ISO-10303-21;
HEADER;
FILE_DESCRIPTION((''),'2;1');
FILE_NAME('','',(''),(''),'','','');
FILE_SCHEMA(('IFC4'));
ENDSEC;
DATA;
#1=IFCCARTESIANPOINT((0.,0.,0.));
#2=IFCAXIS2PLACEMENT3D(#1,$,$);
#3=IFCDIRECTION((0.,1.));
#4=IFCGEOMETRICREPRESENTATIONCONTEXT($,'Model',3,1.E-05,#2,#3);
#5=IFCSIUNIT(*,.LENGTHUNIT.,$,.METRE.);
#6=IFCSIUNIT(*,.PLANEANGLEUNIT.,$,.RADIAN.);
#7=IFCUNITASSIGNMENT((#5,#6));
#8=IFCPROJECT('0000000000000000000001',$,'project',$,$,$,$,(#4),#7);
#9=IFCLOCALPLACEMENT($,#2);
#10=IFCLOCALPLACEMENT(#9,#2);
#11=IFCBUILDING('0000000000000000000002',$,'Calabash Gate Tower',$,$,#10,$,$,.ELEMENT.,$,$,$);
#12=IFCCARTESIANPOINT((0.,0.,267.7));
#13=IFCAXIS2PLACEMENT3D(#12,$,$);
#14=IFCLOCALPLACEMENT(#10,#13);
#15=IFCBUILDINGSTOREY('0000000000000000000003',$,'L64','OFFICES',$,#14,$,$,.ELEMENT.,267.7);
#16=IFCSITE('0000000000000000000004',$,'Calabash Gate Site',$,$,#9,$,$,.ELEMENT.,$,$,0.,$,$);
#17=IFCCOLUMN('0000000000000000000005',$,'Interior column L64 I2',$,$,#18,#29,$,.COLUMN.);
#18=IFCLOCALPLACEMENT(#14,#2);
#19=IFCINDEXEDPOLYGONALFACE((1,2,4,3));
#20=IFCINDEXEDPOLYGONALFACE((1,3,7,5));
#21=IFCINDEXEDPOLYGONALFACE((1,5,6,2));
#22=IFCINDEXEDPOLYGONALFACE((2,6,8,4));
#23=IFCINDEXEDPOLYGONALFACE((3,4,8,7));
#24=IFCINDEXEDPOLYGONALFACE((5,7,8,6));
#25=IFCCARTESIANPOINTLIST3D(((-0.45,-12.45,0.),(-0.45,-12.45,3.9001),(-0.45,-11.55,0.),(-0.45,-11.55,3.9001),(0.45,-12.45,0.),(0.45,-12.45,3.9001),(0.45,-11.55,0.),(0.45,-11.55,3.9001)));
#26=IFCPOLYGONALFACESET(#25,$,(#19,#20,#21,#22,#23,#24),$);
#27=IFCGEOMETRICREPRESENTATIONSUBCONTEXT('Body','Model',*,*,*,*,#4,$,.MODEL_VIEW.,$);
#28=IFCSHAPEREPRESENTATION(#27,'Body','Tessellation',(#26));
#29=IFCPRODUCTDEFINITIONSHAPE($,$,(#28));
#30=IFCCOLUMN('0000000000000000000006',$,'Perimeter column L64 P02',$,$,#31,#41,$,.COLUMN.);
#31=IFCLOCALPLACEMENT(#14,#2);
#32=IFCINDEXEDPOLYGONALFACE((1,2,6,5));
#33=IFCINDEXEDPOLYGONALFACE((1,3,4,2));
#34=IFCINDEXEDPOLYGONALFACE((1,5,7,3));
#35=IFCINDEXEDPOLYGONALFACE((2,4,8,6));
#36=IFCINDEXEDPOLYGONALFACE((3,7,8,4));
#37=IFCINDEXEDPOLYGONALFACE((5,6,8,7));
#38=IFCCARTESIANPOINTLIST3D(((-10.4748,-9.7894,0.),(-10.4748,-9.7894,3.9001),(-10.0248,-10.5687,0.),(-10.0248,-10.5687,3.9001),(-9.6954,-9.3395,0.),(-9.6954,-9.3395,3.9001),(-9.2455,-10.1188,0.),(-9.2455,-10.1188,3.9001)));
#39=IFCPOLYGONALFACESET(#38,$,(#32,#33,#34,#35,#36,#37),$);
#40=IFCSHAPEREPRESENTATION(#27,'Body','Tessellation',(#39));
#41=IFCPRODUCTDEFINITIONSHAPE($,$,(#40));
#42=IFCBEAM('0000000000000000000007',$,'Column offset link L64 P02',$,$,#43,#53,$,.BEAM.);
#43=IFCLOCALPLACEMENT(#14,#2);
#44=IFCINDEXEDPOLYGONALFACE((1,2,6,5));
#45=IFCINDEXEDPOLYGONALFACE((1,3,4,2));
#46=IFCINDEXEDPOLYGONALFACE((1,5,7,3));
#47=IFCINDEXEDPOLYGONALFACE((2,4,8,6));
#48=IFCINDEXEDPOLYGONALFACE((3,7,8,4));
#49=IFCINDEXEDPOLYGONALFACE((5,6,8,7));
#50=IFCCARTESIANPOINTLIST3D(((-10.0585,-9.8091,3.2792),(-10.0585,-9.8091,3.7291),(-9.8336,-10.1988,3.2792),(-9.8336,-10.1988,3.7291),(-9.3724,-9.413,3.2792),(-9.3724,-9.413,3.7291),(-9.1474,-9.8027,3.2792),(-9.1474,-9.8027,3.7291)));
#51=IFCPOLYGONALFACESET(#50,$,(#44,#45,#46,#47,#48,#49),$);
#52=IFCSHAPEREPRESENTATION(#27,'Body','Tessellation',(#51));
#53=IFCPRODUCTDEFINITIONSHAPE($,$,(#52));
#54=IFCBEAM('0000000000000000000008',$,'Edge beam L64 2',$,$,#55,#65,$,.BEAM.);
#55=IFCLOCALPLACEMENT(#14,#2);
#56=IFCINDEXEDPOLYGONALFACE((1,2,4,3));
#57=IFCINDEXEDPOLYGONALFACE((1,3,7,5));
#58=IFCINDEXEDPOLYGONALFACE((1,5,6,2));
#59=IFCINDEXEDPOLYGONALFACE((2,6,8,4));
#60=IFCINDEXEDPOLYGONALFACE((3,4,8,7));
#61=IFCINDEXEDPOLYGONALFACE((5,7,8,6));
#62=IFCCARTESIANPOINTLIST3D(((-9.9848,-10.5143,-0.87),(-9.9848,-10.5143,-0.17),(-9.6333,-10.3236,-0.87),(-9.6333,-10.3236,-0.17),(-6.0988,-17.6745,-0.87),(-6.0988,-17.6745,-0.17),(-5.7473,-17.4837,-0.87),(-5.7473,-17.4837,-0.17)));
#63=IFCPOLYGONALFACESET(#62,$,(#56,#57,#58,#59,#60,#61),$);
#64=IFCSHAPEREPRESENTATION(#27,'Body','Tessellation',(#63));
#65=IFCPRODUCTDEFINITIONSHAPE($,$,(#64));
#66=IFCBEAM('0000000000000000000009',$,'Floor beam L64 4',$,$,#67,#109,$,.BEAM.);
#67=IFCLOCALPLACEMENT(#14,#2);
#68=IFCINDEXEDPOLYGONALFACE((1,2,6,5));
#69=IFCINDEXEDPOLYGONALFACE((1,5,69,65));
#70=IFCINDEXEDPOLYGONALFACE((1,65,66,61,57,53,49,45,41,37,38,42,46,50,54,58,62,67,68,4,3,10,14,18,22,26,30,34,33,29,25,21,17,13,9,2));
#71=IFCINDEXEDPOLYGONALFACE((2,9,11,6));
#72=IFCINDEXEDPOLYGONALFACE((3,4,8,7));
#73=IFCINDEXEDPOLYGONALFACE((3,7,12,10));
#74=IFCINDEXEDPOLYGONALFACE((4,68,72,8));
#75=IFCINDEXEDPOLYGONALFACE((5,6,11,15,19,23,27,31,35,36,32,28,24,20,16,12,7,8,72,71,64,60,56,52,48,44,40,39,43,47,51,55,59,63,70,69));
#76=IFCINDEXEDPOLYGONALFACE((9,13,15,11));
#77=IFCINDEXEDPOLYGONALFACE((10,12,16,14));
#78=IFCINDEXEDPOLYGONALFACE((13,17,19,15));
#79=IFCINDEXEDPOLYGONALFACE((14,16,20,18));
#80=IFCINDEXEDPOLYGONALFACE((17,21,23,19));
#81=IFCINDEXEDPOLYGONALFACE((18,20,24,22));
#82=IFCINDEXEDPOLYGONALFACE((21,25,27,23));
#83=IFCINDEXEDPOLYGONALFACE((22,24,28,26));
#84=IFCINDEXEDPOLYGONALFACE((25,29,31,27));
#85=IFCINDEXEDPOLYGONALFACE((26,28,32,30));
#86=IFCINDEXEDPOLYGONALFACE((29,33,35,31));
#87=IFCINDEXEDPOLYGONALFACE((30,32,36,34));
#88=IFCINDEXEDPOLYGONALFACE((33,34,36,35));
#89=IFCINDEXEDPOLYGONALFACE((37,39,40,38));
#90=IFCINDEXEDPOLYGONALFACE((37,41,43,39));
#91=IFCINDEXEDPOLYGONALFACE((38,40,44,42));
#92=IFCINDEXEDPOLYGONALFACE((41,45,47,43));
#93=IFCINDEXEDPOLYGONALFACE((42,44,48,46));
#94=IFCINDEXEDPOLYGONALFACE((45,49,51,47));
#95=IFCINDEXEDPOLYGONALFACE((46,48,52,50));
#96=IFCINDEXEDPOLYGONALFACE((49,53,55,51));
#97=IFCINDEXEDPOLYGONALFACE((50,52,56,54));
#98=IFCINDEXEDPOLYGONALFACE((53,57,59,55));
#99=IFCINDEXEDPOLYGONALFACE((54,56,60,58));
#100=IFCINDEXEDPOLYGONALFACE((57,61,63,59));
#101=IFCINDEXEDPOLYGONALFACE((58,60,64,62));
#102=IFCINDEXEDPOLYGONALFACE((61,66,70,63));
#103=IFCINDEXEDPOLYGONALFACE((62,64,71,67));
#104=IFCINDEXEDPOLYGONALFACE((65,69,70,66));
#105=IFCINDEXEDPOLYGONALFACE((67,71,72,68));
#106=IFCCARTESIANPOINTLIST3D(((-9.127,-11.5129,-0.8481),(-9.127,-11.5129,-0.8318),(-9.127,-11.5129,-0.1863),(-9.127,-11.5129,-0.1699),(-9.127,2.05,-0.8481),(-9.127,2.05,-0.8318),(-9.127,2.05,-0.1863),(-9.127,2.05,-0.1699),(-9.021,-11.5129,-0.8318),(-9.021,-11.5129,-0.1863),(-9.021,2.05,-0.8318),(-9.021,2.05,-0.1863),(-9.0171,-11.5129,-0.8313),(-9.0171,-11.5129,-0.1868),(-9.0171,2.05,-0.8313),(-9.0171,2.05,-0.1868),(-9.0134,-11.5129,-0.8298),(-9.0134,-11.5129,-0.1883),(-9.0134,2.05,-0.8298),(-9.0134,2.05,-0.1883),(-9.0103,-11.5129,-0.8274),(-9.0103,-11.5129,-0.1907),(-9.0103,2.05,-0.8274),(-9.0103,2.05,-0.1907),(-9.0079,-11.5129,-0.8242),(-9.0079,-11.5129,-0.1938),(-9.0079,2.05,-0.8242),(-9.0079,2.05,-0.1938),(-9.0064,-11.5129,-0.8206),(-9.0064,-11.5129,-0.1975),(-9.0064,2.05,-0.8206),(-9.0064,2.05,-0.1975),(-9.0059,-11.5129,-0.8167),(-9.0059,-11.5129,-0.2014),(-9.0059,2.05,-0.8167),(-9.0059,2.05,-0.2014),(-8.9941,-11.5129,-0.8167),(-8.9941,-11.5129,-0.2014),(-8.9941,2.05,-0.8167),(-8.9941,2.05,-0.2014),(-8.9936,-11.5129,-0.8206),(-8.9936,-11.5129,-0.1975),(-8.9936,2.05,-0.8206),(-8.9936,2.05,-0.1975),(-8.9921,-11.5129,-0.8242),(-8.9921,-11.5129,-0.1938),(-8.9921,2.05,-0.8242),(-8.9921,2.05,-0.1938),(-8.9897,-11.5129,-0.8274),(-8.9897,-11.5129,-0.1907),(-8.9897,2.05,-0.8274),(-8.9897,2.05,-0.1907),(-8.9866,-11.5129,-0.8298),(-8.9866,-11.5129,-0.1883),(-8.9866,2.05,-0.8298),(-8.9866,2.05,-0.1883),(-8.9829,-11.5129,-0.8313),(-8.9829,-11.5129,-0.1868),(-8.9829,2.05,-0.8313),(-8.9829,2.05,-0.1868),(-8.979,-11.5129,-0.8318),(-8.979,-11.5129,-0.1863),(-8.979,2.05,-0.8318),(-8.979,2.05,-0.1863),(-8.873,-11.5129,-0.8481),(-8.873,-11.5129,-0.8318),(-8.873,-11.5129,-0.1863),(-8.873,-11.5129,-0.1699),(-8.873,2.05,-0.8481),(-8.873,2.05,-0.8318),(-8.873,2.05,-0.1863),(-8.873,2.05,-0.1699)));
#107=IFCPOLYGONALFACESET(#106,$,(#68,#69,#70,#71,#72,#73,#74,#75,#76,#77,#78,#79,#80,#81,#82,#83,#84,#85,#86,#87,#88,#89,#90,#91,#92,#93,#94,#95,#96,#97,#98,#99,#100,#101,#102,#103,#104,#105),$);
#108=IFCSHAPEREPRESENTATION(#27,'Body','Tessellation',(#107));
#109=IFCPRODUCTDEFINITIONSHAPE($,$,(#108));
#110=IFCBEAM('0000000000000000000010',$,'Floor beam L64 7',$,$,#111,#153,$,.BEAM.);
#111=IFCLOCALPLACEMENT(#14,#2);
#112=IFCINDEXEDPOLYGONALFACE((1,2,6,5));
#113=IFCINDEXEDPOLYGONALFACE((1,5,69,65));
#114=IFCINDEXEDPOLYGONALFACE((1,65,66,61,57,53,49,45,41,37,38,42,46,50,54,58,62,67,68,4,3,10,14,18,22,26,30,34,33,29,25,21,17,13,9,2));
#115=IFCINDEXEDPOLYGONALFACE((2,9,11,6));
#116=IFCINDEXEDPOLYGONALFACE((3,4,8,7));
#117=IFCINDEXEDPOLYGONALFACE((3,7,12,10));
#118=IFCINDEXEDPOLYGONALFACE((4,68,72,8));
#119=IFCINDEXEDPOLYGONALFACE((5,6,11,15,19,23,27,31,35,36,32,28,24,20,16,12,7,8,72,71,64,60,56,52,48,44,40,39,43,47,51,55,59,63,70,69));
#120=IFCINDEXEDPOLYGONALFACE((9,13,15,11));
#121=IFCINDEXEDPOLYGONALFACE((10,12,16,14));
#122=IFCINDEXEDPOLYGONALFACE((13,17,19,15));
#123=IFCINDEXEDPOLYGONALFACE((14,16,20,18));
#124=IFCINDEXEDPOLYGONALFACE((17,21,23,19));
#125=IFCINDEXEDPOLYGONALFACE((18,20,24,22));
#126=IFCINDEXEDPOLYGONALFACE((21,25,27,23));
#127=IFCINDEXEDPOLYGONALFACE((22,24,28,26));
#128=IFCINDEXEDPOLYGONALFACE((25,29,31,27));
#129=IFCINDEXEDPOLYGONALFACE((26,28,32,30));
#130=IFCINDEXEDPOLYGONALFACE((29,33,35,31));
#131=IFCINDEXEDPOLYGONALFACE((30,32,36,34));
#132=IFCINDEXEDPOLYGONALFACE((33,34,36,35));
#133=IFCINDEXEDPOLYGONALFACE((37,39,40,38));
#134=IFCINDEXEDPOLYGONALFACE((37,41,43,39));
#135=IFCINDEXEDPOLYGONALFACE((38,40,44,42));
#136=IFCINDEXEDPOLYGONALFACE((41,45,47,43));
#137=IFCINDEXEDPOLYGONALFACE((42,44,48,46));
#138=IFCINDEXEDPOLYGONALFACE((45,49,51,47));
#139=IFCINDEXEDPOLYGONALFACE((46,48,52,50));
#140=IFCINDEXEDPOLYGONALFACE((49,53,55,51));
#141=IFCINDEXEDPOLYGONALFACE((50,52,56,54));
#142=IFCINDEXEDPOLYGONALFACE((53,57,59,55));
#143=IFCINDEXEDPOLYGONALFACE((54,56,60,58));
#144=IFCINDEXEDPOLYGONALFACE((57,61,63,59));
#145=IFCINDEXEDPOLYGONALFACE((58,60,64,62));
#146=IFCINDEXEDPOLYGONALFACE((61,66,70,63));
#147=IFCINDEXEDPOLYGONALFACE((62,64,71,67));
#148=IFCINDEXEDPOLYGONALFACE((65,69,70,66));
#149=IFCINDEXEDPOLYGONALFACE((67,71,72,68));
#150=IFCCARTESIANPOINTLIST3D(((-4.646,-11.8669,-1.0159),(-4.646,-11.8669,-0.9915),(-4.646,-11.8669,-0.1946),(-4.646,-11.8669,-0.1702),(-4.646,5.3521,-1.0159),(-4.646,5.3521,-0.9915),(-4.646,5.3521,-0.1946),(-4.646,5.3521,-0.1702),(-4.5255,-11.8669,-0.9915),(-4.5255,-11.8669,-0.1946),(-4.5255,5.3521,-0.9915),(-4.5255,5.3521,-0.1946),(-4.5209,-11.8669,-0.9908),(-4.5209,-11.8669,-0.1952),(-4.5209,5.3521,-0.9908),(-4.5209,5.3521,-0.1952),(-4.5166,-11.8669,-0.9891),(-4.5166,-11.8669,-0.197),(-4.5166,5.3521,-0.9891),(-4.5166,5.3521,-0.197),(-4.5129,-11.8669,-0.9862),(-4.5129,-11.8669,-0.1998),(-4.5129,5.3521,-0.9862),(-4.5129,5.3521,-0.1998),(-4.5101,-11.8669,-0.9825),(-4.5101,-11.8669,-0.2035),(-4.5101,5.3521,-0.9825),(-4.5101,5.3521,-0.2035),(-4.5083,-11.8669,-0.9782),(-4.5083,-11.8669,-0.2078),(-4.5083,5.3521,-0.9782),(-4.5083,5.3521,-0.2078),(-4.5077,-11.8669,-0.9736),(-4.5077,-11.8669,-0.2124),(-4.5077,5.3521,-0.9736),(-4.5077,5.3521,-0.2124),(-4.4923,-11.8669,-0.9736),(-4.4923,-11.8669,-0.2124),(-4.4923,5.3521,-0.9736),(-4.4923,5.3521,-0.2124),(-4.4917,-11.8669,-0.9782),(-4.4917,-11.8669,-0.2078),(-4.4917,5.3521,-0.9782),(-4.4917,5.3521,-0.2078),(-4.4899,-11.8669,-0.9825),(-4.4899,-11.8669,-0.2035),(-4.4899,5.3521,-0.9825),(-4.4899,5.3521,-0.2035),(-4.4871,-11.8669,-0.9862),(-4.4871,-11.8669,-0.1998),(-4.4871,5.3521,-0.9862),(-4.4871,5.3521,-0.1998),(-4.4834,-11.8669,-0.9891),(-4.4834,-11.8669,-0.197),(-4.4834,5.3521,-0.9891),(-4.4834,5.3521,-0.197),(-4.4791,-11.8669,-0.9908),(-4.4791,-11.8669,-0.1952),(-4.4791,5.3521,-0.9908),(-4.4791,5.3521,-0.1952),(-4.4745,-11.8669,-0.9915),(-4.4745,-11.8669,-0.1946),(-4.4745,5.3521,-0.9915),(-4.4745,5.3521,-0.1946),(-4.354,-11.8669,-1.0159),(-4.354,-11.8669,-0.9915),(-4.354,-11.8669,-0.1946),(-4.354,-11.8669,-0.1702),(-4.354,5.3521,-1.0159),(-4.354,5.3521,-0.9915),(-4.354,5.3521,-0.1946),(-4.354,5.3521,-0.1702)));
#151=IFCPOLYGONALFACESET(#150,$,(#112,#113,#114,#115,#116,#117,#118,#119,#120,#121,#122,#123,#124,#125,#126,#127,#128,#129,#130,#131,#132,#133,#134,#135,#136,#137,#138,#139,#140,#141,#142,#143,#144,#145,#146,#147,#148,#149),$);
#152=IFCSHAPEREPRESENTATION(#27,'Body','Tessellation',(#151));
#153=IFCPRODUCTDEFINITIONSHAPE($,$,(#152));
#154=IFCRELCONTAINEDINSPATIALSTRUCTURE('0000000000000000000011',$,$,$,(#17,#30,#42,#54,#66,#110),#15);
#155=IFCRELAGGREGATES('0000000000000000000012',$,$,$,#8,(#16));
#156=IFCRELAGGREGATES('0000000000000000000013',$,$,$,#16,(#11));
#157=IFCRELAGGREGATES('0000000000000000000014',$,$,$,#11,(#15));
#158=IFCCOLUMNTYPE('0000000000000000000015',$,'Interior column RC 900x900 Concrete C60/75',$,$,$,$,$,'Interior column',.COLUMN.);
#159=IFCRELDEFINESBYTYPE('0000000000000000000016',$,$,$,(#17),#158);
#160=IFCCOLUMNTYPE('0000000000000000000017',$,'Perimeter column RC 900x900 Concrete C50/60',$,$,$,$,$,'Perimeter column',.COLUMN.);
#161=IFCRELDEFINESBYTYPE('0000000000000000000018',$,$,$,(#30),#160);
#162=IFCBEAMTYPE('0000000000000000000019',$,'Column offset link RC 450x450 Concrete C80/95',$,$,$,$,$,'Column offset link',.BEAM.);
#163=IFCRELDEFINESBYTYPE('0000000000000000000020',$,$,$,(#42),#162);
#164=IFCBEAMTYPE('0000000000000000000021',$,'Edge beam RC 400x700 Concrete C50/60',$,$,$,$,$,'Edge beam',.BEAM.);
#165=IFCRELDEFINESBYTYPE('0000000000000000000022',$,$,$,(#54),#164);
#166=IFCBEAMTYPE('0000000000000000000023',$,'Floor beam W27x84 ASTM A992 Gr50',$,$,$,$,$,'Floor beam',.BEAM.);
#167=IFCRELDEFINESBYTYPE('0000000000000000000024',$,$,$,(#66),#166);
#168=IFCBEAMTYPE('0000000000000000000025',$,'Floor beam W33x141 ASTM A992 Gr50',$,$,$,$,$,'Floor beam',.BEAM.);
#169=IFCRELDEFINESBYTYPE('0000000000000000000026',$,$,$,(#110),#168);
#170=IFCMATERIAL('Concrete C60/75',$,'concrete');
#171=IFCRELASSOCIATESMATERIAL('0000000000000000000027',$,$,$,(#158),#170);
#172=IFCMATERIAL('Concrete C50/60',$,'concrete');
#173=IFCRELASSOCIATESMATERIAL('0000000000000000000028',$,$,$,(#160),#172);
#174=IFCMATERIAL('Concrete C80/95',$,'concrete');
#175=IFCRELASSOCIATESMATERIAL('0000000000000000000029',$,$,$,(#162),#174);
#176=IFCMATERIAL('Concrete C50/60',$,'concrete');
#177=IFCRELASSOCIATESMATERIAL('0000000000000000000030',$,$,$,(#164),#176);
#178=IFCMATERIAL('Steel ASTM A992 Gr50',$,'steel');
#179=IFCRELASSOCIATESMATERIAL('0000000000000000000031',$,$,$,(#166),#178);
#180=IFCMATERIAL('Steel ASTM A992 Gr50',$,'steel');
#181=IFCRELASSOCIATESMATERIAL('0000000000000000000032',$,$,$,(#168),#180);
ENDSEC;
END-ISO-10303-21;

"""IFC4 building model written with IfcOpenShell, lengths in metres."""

from ifc_helpers import new_model, si_unit, direction, frame, origin, origin_2d, place, context, subcontext, project, spatial, rectangle, i_section, extrude, material, material_profile, profile_set, type_object, element, save


model = new_model("IFC4")

# Units and contexts
model_context = context("Model", 3, precision=1e-05, world=origin(), true_north=direction((0.0, 1.0)))
body_context = subcontext(model_context, "Body", "Model", "MODEL_VIEW")
ifc_project = project(units=[si_unit("LENGTHUNIT", "METRE"), si_unit("PLANEANGLEUNIT", "RADIAN")], contexts=[model_context])

# Site, building, storey
site_placement = place(None, origin())
site = spatial("IfcSite", under=ifc_project, at=site_placement, Name="Calabash Gate Site", CompositionType="ELEMENT", RefElevation=0.0)
building_placement = place(site_placement, origin())
building = spatial("IfcBuilding", under=site, at=building_placement, Name="Calabash Gate Tower", CompositionType="ELEMENT")
storey_placement = place(building_placement, frame((0.0, 0.0, 267.7)))
storey = spatial("IfcBuildingStorey", under=building, at=storey_placement, Name="L64", Description="OFFICES", CompositionType="ELEMENT", Elevation=267.7)

# Columns
ifc_material_1 = material(Name="Concrete C60/75", Category="concrete")
ifc_material_profile_1 = material_profile(ifc_material_1, rectangle(XDim=0.8999, YDim=0.8999, at=origin_2d()))
ifc_profile_set_1 = profile_set([ifc_material_profile_1], Name="Concrete C60/75")
column_type_1 = type_object("IfcColumnType", Name="Interior column RC 900x900 Concrete C60/75", ElementType="Interior column", PredefinedType="COLUMN", material=ifc_profile_set_1)
column_1_placement = place(storey_placement, frame((0.0, -12.0, 0.0), z_axis=(0.0, 0.0, 1.0), x_axis=(1.0, 0.0, 0.0)))
element("IfcColumn", 1, at=column_1_placement, inside=storey, type_object=column_type_1, Name="Interior column L64 I2", PredefinedType="COLUMN", context=body_context, shape_type="SweptSolid", body=[
    extrude(rectangle(XDim=0.8999, YDim=0.8999, at=origin_2d()), origin(), (0.0, 0.0, 1.0), 3.9001),
])
ifc_material_2 = material(Name="Concrete C50/60", Category="concrete")
ifc_material_profile_2 = material_profile(ifc_material_2, rectangle(XDim=0.8999, YDim=0.8999, at=origin_2d()))
ifc_profile_set_2 = profile_set([ifc_material_profile_2], Name="Concrete C50/60")
column_type_2 = type_object("IfcColumnType", Name="Perimeter column RC 900x900 Concrete C50/60", ElementType="Perimeter column", PredefinedType="COLUMN", material=ifc_profile_set_2)
column_2_placement = place(storey_placement, frame((-9.8601, -9.9541, 0.0), z_axis=(0.0, 0.0, 1.0), x_axis=(0.5, -0.866025, 0.0)))
element("IfcColumn", 2, at=column_2_placement, inside=storey, type_object=column_type_2, Name="Perimeter column L64 P02", PredefinedType="COLUMN", context=body_context, shape_type="SweptSolid", body=[
    extrude(rectangle(XDim=0.8999, YDim=0.8999, at=origin_2d()), origin(), (0.0, 0.0, 1.0), 3.9001),
])

# Beams
ifc_material_3 = material(Name="Concrete C80/95", Category="concrete")
ifc_material_profile_3 = material_profile(ifc_material_3, rectangle(XDim=0.45, YDim=0.45, at=origin_2d()))
ifc_profile_set_3 = profile_set([ifc_material_profile_3], Name="Concrete C80/95")
beam_type_1 = type_object("IfcBeamType", Name="Column offset link RC 450x450 Concrete C80/95", ElementType="Column offset link", PredefinedType="BEAM", material=ifc_profile_set_3)
beam_1_placement = place(storey_placement, frame((-9.946, -10.0039, 3.5042), z_axis=(0.866073, 0.499918, 0.0), x_axis=(-0.499918, 0.866073, 0.0)))
element("IfcBeam", 3, at=beam_1_placement, inside=storey, type_object=beam_type_1, Name="Column offset link L64 P02", PredefinedType="BEAM", context=body_context, shape_type="SweptSolid", body=[
    extrude(rectangle(XDim=0.45, YDim=0.45, at=origin_2d()), origin(), (0.0, 0.0, 1.0), 0.7922),
])
ifc_material_4 = material(Name="Concrete C50/60", Category="concrete")
ifc_material_profile_4 = material_profile(ifc_material_4, rectangle(XDim=0.3999, YDim=0.7, at=origin_2d()))
ifc_profile_set_4 = profile_set([ifc_material_profile_4], Name="Concrete C50/60")
beam_type_2 = type_object("IfcBeamType", Name="Edge beam RC 400x700 Concrete C50/60", ElementType="Edge beam", PredefinedType="BEAM", material=ifc_profile_set_4)
beam_2_placement = place(storey_placement, frame((-9.8091, -10.4189, -0.52), z_axis=(0.477001, -0.878903, 0.0), x_axis=(0.878903, 0.477001, 0.0)))
element("IfcBeam", 4, at=beam_2_placement, inside=storey, type_object=beam_type_2, Name="Edge beam L64 2", PredefinedType="BEAM", context=body_context, shape_type="SweptSolid", body=[
    extrude(rectangle(XDim=0.3999, YDim=0.7, at=origin_2d()), origin(), (0.0, 0.0, 1.0), 8.1467),
])
ifc_material_5 = material(Name="Steel ASTM A992 Gr50", Category="steel")
ifc_material_profile_5 = material_profile(ifc_material_5, i_section(OverallWidth=0.2539, OverallDepth=0.6782, WebThickness=0.0117, FlangeThickness=0.0164, FilletRadius=0.0151, at=origin_2d()))
ifc_profile_set_5 = profile_set([ifc_material_profile_5], Name="Steel ASTM A992 Gr50")
beam_type_3 = type_object("IfcBeamType", Name="Floor beam W27x84 ASTM A992 Gr50", ElementType="Floor beam", PredefinedType="BEAM", material=ifc_profile_set_5)
beam_3_placement = place(storey_placement, frame((-9.0, -11.5129, -0.509), z_axis=(0.0, 1.0, 0.0), x_axis=(-1.0, 0.0, 0.0)))
element("IfcBeam", 5, at=beam_3_placement, inside=storey, type_object=beam_type_3, Name="Floor beam L64 4", PredefinedType="BEAM", context=body_context, shape_type="SweptSolid", body=[
    extrude(i_section(OverallWidth=0.2539, OverallDepth=0.6782, WebThickness=0.0117, FlangeThickness=0.0164, FilletRadius=0.0151, at=origin_2d()), origin(), (0.0, 0.0, 1.0), 13.563),
])
ifc_material_6 = material(Name="Steel ASTM A992 Gr50", Category="steel")
ifc_material_profile_6 = material_profile(ifc_material_6, i_section(OverallWidth=0.292, OverallDepth=0.8457, WebThickness=0.0154, FlangeThickness=0.0244, FilletRadius=0.0178, at=origin_2d()))
ifc_profile_set_6 = profile_set([ifc_material_profile_6], Name="Steel ASTM A992 Gr50")
beam_type_4 = type_object("IfcBeamType", Name="Floor beam W33x141 ASTM A992 Gr50", ElementType="Floor beam", PredefinedType="BEAM", material=ifc_profile_set_6)
beam_4_placement = place(storey_placement, frame((-4.5, -11.8669, -0.593), z_axis=(0.0, 1.0, 0.0), x_axis=(-1.0, 0.0, 0.0)))
element("IfcBeam", 6, at=beam_4_placement, inside=storey, type_object=beam_type_4, Name="Floor beam L64 7", PredefinedType="BEAM", context=body_context, shape_type="SweptSolid", body=[
    extrude(i_section(OverallWidth=0.292, OverallDepth=0.8457, WebThickness=0.0154, FlangeThickness=0.0244, FilletRadius=0.0178, at=origin_2d()), origin(), (0.0, 0.0, 1.0), 17.219),
])

save(model, "model.ifc")
